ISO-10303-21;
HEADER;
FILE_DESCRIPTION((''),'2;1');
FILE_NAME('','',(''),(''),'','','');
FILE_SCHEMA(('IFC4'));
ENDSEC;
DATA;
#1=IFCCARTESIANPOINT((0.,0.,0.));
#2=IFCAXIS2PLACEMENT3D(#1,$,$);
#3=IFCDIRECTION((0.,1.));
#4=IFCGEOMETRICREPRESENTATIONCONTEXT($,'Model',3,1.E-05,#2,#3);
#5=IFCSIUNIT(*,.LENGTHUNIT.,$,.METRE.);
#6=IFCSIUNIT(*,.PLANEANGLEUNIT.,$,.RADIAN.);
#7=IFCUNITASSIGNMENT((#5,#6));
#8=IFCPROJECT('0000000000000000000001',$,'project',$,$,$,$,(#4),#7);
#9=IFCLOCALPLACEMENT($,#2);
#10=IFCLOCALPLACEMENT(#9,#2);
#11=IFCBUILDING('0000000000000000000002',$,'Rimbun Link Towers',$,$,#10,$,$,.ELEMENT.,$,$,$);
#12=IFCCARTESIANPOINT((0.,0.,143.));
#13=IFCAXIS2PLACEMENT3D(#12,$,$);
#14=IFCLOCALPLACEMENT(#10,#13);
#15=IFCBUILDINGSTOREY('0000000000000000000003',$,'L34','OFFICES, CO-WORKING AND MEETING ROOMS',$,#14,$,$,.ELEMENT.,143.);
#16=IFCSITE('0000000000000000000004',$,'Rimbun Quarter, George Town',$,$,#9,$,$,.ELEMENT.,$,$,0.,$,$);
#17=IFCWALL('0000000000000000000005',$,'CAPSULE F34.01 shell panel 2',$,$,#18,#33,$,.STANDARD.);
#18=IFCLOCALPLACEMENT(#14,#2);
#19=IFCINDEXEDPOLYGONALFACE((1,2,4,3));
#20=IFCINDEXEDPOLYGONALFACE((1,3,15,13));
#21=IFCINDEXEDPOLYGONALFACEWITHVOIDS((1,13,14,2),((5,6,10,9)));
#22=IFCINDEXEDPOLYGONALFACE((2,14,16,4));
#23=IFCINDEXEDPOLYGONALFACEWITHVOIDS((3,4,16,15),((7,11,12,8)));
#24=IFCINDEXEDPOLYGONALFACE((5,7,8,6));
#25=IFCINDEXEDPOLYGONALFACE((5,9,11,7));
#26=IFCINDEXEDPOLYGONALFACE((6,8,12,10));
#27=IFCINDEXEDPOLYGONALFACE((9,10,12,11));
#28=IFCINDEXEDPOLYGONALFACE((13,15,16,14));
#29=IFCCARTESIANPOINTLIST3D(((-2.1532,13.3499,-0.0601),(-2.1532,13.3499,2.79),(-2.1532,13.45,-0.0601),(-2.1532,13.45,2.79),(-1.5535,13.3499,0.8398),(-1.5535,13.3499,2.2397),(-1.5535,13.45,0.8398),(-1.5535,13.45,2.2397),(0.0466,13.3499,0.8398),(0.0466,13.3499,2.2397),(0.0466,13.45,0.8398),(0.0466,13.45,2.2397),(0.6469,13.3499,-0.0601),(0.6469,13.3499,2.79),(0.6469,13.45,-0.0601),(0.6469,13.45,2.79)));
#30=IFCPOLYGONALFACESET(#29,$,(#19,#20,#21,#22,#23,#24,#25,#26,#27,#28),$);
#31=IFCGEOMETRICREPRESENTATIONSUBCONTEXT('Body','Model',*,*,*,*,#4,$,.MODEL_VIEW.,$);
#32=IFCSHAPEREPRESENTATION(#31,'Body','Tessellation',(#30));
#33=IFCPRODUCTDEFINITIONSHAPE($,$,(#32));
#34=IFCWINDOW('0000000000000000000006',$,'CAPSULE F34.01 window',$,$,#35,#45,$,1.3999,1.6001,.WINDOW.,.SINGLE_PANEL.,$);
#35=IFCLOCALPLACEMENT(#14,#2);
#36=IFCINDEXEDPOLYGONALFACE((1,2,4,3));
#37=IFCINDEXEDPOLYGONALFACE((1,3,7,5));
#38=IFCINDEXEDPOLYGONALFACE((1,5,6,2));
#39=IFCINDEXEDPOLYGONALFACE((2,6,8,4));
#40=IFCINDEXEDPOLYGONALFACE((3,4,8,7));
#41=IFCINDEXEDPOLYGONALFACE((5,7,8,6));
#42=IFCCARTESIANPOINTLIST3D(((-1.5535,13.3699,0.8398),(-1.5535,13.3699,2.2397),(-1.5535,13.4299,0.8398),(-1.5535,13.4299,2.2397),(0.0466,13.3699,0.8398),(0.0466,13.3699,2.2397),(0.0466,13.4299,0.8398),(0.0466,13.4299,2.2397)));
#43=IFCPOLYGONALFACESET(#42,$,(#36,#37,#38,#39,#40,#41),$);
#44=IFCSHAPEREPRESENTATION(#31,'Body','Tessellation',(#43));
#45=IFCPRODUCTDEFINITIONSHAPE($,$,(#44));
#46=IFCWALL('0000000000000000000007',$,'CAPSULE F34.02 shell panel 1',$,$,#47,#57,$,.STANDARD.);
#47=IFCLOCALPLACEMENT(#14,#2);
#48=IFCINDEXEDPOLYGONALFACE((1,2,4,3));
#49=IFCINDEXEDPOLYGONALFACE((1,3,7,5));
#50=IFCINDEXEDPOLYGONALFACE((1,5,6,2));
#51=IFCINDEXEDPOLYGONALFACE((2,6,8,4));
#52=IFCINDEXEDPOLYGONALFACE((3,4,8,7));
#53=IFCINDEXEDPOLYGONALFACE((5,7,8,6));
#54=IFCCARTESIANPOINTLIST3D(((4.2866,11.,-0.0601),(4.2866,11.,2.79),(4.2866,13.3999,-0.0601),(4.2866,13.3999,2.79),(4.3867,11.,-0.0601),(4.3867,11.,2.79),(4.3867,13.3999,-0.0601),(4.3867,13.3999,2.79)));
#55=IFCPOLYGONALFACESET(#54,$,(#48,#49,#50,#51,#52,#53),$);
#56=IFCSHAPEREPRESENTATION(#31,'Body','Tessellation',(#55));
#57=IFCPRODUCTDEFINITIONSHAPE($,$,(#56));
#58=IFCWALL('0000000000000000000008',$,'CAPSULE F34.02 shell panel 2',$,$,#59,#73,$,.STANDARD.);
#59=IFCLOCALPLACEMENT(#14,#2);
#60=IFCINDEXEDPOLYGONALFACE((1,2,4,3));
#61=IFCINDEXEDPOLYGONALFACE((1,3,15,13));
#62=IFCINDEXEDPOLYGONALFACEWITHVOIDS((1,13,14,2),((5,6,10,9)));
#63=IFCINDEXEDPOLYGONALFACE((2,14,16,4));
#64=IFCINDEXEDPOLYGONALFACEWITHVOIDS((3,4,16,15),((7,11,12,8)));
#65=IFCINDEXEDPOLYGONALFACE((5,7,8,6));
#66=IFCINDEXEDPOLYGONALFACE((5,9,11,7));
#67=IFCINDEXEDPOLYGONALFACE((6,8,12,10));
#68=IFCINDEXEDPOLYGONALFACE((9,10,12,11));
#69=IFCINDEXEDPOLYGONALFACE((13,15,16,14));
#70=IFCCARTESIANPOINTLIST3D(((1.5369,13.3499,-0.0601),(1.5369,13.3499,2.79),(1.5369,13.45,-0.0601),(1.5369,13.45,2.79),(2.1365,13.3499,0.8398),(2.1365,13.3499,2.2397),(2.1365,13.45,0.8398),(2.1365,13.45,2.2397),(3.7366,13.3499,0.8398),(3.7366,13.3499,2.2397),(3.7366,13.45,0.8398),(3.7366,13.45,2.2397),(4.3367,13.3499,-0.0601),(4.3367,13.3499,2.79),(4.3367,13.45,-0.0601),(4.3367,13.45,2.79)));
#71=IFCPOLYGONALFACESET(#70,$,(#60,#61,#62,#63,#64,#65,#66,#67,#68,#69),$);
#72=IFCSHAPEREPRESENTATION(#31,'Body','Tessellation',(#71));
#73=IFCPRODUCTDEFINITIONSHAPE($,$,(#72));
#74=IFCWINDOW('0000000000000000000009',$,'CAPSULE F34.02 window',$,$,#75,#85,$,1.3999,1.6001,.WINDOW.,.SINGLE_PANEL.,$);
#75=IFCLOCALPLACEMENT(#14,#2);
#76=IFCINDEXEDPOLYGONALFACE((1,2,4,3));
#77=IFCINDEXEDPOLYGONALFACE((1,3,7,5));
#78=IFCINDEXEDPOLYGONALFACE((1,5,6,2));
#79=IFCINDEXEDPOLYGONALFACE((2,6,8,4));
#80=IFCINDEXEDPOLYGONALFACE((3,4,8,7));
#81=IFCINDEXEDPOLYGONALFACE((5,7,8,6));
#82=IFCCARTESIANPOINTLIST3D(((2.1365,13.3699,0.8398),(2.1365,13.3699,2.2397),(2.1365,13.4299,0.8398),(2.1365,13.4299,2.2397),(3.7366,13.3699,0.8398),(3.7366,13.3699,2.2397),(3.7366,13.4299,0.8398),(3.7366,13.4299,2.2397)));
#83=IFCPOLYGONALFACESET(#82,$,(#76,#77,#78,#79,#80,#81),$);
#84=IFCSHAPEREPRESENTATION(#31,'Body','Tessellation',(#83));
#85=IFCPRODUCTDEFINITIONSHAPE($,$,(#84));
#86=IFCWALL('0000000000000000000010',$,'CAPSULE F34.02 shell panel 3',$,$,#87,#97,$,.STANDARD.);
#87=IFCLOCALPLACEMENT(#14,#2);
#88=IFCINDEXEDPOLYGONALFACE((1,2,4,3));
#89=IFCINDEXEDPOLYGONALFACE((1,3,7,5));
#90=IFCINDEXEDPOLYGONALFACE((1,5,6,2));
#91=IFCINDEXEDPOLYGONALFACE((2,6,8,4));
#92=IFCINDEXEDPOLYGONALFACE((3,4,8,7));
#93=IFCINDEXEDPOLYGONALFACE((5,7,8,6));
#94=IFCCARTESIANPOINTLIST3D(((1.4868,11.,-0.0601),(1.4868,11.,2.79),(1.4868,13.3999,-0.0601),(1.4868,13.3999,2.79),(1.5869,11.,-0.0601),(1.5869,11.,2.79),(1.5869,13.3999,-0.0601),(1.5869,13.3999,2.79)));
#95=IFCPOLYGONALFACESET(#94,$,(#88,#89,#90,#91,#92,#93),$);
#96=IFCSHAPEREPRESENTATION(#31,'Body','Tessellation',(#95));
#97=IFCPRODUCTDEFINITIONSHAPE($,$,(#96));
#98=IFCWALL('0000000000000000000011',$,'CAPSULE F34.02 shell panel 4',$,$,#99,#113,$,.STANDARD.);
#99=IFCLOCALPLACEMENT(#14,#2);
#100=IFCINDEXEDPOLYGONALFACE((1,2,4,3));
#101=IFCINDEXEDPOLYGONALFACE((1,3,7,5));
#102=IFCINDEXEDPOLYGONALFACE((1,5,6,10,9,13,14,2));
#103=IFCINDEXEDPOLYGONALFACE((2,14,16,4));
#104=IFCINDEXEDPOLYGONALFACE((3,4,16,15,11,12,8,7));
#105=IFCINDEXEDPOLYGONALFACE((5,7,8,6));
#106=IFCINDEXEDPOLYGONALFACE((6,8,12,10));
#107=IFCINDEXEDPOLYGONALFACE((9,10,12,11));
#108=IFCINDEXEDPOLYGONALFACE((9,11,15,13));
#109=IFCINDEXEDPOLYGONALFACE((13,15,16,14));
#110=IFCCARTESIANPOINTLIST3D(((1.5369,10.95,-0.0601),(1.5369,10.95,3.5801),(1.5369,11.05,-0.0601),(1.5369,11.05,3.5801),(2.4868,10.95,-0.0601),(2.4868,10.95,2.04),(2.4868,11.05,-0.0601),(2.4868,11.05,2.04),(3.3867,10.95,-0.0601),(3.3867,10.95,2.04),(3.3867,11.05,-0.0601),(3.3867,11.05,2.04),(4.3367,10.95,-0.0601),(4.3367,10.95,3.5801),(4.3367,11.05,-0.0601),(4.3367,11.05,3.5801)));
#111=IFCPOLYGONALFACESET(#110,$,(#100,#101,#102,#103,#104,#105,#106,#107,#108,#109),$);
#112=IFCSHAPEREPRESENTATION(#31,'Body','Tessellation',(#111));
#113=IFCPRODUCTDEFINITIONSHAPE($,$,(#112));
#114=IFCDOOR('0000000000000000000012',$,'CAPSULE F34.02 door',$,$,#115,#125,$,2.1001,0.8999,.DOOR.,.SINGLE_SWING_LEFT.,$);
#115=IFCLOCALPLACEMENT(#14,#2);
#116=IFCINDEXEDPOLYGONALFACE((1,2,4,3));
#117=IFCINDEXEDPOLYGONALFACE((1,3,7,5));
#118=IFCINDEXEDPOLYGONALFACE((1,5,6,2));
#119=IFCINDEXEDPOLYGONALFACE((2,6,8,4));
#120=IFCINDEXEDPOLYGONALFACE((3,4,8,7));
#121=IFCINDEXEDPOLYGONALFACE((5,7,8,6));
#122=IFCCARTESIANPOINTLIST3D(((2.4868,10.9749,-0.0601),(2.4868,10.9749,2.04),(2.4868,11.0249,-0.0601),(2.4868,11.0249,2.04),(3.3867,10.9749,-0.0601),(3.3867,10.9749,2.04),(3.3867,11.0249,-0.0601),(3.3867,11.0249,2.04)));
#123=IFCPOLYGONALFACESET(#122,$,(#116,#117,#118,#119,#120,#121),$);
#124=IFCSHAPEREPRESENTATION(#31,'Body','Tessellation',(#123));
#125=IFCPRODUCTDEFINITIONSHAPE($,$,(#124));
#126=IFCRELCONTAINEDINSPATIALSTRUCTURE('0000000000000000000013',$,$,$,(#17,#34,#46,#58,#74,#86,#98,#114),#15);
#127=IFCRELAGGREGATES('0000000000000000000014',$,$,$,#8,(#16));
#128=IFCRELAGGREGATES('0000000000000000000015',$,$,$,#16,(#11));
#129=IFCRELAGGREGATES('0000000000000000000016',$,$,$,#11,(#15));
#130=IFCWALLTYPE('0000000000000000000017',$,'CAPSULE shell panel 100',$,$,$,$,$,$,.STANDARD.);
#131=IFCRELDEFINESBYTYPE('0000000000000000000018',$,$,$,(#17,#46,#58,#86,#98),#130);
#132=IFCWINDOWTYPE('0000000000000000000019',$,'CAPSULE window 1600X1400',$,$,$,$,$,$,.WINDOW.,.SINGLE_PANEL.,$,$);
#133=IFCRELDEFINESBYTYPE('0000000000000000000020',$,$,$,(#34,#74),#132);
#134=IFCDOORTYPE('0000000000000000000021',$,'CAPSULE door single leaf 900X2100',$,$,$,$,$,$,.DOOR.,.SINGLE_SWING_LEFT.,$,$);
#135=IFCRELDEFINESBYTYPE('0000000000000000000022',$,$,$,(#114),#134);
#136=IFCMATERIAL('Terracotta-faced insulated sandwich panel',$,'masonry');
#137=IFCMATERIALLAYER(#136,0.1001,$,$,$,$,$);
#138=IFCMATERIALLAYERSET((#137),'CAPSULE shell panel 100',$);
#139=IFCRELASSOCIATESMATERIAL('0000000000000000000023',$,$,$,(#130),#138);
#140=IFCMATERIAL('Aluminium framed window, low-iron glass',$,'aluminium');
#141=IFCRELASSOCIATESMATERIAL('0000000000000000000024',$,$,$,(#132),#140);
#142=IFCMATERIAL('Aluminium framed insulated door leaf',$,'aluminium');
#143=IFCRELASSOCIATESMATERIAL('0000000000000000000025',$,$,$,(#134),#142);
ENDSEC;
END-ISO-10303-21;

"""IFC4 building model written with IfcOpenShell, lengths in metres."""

from ifc_helpers import new_model, si_unit, direction, frame, frame_2d, origin, place, context, subcontext, project, spatial, rectangle, extrude, material, layer, layer_set, type_object, element, fill, save


model = new_model("IFC4")

# Units and contexts
model_context = context("Model", 3, precision=1e-05, world=origin(), true_north=direction((0.0, 1.0)))
body_context = subcontext(model_context, "Body", "Model", "MODEL_VIEW")
ifc_project = project(units=[si_unit("LENGTHUNIT", "METRE"), si_unit("PLANEANGLEUNIT", "RADIAN")], contexts=[model_context])

# Site, building, storey
site_placement = place(None, origin())
site = spatial("IfcSite", under=ifc_project, at=site_placement, Name="Rimbun Quarter, George Town", CompositionType="ELEMENT", RefElevation=0.0)
building_placement = place(site_placement, origin())
building = spatial("IfcBuilding", under=site, at=building_placement, Name="Rimbun Link Towers", CompositionType="ELEMENT")
storey_placement = place(building_placement, frame((0.0, 0.0, 143.0)))
storey = spatial("IfcBuildingStorey", under=building, at=storey_placement, Name="L34", Description="OFFICES, CO-WORKING AND MEETING ROOMS", CompositionType="ELEMENT", Elevation=143.0)

# Shared definitions
ifc_material_1 = material(Name="Terracotta-faced insulated sandwich panel", Category="masonry")
ifc_layer_1 = layer(ifc_material_1, 0.1001)
ifc_layer_set_1 = layer_set([ifc_layer_1], Name="CAPSULE shell panel 100")
wall_type = type_object("IfcWallType", Name="CAPSULE shell panel 100", PredefinedType="STANDARD", material=ifc_layer_set_1)

# Wall, opening, window
wall_1_placement = place(storey_placement, frame((0.6467, 13.3999, -0.0601), z_axis=(0.0, 0.0, 1.0), x_axis=(-1.0, 0.0, 0.0)))
wall_1 = element("IfcWall", 1, at=wall_1_placement, inside=storey, type_object=wall_type, Name="CAPSULE F34.01 shell panel 2", PredefinedType="STANDARD", context=body_context, shape_type="SweptSolid", body=[
    extrude(rectangle(XDim=2.8, YDim=0.1001, at=frame_2d((1.3999, 0.0))), origin(), (0.0, 0.0, 1.0), 2.8501),
])
opening_1_placement = place(wall_1_placement, frame((0.6001, 0.0, 0.8999)))
opening_1 = element("IfcOpeningElement", 2, at=opening_1_placement, cuts=wall_1, PredefinedType="OPENING", context=body_context, shape_type="SweptSolid", body=[
    extrude(rectangle(XDim=1.6001, YDim=1.3999, at=frame_2d((0.8, 0.7))), frame((0.0, 0.0601, 0.0), z_axis=(0.0, -1.0, 0.0), x_axis=(1.0, 0.0, 0.0)), (0.0, 0.0, 1.0), 0.1201),
])
ifc_material_2 = material(Name="Aluminium framed window, low-iron glass", Category="aluminium")
window_type = type_object("IfcWindowType", Name="CAPSULE window 1600X1400", PartitioningType="SINGLE_PANEL", PredefinedType="WINDOW", material=ifc_material_2)
window_1_placement = place(opening_1_placement, origin())
window_1 = element("IfcWindow", 3, at=window_1_placement, inside=storey, type_object=window_type, Name="CAPSULE F34.01 window", OverallHeight=1.3999, OverallWidth=1.6001, PartitioningType="SINGLE_PANEL", PredefinedType="WINDOW", context=body_context, shape_type="SweptSolid", body=[
    extrude(rectangle(XDim=1.6001, YDim=1.3999, at=frame_2d((0.8, 0.7))), frame((0.0, 0.03, 0.0), z_axis=(0.0, -1.0, 0.0), x_axis=(1.0, 0.0, 0.0)), (0.0, 0.0, 1.0), 0.0601),
])
fill(opening_1, window_1)

# Wall
wall_2_placement = place(storey_placement, frame((4.3367, 11.0, -0.0601), z_axis=(0.0, 0.0, 1.0), x_axis=(0.0, 1.0, 0.0)))
element("IfcWall", 4, at=wall_2_placement, inside=storey, type_object=wall_type, Name="CAPSULE F34.02 shell panel 1", PredefinedType="STANDARD", context=body_context, shape_type="SweptSolid", body=[
    extrude(rectangle(XDim=2.3999, YDim=0.1001, at=frame_2d((1.2, 0.0))), origin(), (0.0, 0.0, 1.0), 2.8501),
])

# Wall, opening, window
wall_3_placement = place(storey_placement, frame((4.3367, 13.3999, -0.0601), z_axis=(0.0, 0.0, 1.0), x_axis=(-1.0, 0.0, 0.0)))
wall_3 = element("IfcWall", 5, at=wall_3_placement, inside=storey, type_object=wall_type, Name="CAPSULE F34.02 shell panel 2", PredefinedType="STANDARD", context=body_context, shape_type="SweptSolid", body=[
    extrude(rectangle(XDim=2.7998, YDim=0.1001, at=frame_2d((1.3999, 0.0))), origin(), (0.0, 0.0, 1.0), 2.8501),
])
opening_2_placement = place(wall_3_placement, frame((0.6001, 0.0, 0.8999)))
opening_2 = element("IfcOpeningElement", 6, at=opening_2_placement, cuts=wall_3, PredefinedType="OPENING", context=body_context, shape_type="SweptSolid", body=[
    extrude(rectangle(XDim=1.6001, YDim=1.3999, at=frame_2d((0.8, 0.7))), frame((0.0, 0.0601, 0.0), z_axis=(0.0, -1.0, 0.0), x_axis=(1.0, 0.0, 0.0)), (0.0, 0.0, 1.0), 0.1201),
])
window_2_placement = place(opening_2_placement, origin())
window_2 = element("IfcWindow", 7, at=window_2_placement, inside=storey, type_object=window_type, Name="CAPSULE F34.02 window", OverallHeight=1.3999, OverallWidth=1.6001, PartitioningType="SINGLE_PANEL", PredefinedType="WINDOW", context=body_context, shape_type="SweptSolid", body=[
    extrude(rectangle(XDim=1.6001, YDim=1.3999, at=frame_2d((0.8, 0.7))), frame((0.0, 0.03, 0.0), z_axis=(0.0, -1.0, 0.0), x_axis=(1.0, 0.0, 0.0)), (0.0, 0.0, 1.0), 0.0601),
])
fill(opening_2, window_2)

# Wall
wall_4_placement = place(storey_placement, frame((1.5369, 13.3999, -0.0601), z_axis=(0.0, 0.0, 1.0), x_axis=(0.0, -1.0, 0.0)))
element("IfcWall", 8, at=wall_4_placement, inside=storey, type_object=wall_type, Name="CAPSULE F34.02 shell panel 3", PredefinedType="STANDARD", context=body_context, shape_type="SweptSolid", body=[
    extrude(rectangle(XDim=2.3999, YDim=0.1001, at=frame_2d((1.2, 0.0))), origin(), (0.0, 0.0, 1.0), 2.8501),
])

# Wall, opening, door
wall_5_placement = place(storey_placement, frame((1.5369, 11.0, -0.0601), z_axis=(0.0, 0.0, 1.0), x_axis=(1.0, 0.0, 0.0)))
wall_5 = element("IfcWall", 9, at=wall_5_placement, inside=storey, type_object=wall_type, Name="CAPSULE F34.02 shell panel 4", PredefinedType="STANDARD", context=body_context, shape_type="SweptSolid", body=[
    extrude(rectangle(XDim=2.7998, YDim=0.1001, at=frame_2d((1.3999, 0.0))), origin(), (0.0, 0.0, 1.0), 3.6401),
])
opening_3_placement = place(wall_5_placement, frame((0.95, 0.0, 0.0)))
opening_3 = element("IfcOpeningElement", 10, at=opening_3_placement, cuts=wall_5, PredefinedType="OPENING", context=body_context, shape_type="SweptSolid", body=[
    extrude(rectangle(XDim=0.8999, YDim=2.1001, at=frame_2d((0.45, 1.05))), frame((0.0, 0.0601, 0.0), z_axis=(0.0, -1.0, 0.0), x_axis=(1.0, 0.0, 0.0)), (0.0, 0.0, 1.0), 0.1201),
])
ifc_material_3 = material(Name="Aluminium framed insulated door leaf", Category="aluminium")
door_type = type_object("IfcDoorType", Name="CAPSULE door single leaf 900X2100", OperationType="SINGLE_SWING_LEFT", PredefinedType="DOOR", material=ifc_material_3)
door_placement = place(opening_3_placement, origin())
door = element("IfcDoor", 11, at=door_placement, inside=storey, type_object=door_type, Name="CAPSULE F34.02 door", OperationType="SINGLE_SWING_LEFT", OverallHeight=2.1001, OverallWidth=0.8999, PredefinedType="DOOR", context=body_context, shape_type="SweptSolid", body=[
    extrude(rectangle(XDim=0.8999, YDim=2.1001, at=frame_2d((0.45, 1.05))), frame((0.0, 0.0249, 0.0), z_axis=(0.0, -1.0, 0.0), x_axis=(1.0, 0.0, 0.0)), (0.0, 0.0, 1.0), 0.05),
])
fill(opening_3, door)

save(model, "model.ifc")
